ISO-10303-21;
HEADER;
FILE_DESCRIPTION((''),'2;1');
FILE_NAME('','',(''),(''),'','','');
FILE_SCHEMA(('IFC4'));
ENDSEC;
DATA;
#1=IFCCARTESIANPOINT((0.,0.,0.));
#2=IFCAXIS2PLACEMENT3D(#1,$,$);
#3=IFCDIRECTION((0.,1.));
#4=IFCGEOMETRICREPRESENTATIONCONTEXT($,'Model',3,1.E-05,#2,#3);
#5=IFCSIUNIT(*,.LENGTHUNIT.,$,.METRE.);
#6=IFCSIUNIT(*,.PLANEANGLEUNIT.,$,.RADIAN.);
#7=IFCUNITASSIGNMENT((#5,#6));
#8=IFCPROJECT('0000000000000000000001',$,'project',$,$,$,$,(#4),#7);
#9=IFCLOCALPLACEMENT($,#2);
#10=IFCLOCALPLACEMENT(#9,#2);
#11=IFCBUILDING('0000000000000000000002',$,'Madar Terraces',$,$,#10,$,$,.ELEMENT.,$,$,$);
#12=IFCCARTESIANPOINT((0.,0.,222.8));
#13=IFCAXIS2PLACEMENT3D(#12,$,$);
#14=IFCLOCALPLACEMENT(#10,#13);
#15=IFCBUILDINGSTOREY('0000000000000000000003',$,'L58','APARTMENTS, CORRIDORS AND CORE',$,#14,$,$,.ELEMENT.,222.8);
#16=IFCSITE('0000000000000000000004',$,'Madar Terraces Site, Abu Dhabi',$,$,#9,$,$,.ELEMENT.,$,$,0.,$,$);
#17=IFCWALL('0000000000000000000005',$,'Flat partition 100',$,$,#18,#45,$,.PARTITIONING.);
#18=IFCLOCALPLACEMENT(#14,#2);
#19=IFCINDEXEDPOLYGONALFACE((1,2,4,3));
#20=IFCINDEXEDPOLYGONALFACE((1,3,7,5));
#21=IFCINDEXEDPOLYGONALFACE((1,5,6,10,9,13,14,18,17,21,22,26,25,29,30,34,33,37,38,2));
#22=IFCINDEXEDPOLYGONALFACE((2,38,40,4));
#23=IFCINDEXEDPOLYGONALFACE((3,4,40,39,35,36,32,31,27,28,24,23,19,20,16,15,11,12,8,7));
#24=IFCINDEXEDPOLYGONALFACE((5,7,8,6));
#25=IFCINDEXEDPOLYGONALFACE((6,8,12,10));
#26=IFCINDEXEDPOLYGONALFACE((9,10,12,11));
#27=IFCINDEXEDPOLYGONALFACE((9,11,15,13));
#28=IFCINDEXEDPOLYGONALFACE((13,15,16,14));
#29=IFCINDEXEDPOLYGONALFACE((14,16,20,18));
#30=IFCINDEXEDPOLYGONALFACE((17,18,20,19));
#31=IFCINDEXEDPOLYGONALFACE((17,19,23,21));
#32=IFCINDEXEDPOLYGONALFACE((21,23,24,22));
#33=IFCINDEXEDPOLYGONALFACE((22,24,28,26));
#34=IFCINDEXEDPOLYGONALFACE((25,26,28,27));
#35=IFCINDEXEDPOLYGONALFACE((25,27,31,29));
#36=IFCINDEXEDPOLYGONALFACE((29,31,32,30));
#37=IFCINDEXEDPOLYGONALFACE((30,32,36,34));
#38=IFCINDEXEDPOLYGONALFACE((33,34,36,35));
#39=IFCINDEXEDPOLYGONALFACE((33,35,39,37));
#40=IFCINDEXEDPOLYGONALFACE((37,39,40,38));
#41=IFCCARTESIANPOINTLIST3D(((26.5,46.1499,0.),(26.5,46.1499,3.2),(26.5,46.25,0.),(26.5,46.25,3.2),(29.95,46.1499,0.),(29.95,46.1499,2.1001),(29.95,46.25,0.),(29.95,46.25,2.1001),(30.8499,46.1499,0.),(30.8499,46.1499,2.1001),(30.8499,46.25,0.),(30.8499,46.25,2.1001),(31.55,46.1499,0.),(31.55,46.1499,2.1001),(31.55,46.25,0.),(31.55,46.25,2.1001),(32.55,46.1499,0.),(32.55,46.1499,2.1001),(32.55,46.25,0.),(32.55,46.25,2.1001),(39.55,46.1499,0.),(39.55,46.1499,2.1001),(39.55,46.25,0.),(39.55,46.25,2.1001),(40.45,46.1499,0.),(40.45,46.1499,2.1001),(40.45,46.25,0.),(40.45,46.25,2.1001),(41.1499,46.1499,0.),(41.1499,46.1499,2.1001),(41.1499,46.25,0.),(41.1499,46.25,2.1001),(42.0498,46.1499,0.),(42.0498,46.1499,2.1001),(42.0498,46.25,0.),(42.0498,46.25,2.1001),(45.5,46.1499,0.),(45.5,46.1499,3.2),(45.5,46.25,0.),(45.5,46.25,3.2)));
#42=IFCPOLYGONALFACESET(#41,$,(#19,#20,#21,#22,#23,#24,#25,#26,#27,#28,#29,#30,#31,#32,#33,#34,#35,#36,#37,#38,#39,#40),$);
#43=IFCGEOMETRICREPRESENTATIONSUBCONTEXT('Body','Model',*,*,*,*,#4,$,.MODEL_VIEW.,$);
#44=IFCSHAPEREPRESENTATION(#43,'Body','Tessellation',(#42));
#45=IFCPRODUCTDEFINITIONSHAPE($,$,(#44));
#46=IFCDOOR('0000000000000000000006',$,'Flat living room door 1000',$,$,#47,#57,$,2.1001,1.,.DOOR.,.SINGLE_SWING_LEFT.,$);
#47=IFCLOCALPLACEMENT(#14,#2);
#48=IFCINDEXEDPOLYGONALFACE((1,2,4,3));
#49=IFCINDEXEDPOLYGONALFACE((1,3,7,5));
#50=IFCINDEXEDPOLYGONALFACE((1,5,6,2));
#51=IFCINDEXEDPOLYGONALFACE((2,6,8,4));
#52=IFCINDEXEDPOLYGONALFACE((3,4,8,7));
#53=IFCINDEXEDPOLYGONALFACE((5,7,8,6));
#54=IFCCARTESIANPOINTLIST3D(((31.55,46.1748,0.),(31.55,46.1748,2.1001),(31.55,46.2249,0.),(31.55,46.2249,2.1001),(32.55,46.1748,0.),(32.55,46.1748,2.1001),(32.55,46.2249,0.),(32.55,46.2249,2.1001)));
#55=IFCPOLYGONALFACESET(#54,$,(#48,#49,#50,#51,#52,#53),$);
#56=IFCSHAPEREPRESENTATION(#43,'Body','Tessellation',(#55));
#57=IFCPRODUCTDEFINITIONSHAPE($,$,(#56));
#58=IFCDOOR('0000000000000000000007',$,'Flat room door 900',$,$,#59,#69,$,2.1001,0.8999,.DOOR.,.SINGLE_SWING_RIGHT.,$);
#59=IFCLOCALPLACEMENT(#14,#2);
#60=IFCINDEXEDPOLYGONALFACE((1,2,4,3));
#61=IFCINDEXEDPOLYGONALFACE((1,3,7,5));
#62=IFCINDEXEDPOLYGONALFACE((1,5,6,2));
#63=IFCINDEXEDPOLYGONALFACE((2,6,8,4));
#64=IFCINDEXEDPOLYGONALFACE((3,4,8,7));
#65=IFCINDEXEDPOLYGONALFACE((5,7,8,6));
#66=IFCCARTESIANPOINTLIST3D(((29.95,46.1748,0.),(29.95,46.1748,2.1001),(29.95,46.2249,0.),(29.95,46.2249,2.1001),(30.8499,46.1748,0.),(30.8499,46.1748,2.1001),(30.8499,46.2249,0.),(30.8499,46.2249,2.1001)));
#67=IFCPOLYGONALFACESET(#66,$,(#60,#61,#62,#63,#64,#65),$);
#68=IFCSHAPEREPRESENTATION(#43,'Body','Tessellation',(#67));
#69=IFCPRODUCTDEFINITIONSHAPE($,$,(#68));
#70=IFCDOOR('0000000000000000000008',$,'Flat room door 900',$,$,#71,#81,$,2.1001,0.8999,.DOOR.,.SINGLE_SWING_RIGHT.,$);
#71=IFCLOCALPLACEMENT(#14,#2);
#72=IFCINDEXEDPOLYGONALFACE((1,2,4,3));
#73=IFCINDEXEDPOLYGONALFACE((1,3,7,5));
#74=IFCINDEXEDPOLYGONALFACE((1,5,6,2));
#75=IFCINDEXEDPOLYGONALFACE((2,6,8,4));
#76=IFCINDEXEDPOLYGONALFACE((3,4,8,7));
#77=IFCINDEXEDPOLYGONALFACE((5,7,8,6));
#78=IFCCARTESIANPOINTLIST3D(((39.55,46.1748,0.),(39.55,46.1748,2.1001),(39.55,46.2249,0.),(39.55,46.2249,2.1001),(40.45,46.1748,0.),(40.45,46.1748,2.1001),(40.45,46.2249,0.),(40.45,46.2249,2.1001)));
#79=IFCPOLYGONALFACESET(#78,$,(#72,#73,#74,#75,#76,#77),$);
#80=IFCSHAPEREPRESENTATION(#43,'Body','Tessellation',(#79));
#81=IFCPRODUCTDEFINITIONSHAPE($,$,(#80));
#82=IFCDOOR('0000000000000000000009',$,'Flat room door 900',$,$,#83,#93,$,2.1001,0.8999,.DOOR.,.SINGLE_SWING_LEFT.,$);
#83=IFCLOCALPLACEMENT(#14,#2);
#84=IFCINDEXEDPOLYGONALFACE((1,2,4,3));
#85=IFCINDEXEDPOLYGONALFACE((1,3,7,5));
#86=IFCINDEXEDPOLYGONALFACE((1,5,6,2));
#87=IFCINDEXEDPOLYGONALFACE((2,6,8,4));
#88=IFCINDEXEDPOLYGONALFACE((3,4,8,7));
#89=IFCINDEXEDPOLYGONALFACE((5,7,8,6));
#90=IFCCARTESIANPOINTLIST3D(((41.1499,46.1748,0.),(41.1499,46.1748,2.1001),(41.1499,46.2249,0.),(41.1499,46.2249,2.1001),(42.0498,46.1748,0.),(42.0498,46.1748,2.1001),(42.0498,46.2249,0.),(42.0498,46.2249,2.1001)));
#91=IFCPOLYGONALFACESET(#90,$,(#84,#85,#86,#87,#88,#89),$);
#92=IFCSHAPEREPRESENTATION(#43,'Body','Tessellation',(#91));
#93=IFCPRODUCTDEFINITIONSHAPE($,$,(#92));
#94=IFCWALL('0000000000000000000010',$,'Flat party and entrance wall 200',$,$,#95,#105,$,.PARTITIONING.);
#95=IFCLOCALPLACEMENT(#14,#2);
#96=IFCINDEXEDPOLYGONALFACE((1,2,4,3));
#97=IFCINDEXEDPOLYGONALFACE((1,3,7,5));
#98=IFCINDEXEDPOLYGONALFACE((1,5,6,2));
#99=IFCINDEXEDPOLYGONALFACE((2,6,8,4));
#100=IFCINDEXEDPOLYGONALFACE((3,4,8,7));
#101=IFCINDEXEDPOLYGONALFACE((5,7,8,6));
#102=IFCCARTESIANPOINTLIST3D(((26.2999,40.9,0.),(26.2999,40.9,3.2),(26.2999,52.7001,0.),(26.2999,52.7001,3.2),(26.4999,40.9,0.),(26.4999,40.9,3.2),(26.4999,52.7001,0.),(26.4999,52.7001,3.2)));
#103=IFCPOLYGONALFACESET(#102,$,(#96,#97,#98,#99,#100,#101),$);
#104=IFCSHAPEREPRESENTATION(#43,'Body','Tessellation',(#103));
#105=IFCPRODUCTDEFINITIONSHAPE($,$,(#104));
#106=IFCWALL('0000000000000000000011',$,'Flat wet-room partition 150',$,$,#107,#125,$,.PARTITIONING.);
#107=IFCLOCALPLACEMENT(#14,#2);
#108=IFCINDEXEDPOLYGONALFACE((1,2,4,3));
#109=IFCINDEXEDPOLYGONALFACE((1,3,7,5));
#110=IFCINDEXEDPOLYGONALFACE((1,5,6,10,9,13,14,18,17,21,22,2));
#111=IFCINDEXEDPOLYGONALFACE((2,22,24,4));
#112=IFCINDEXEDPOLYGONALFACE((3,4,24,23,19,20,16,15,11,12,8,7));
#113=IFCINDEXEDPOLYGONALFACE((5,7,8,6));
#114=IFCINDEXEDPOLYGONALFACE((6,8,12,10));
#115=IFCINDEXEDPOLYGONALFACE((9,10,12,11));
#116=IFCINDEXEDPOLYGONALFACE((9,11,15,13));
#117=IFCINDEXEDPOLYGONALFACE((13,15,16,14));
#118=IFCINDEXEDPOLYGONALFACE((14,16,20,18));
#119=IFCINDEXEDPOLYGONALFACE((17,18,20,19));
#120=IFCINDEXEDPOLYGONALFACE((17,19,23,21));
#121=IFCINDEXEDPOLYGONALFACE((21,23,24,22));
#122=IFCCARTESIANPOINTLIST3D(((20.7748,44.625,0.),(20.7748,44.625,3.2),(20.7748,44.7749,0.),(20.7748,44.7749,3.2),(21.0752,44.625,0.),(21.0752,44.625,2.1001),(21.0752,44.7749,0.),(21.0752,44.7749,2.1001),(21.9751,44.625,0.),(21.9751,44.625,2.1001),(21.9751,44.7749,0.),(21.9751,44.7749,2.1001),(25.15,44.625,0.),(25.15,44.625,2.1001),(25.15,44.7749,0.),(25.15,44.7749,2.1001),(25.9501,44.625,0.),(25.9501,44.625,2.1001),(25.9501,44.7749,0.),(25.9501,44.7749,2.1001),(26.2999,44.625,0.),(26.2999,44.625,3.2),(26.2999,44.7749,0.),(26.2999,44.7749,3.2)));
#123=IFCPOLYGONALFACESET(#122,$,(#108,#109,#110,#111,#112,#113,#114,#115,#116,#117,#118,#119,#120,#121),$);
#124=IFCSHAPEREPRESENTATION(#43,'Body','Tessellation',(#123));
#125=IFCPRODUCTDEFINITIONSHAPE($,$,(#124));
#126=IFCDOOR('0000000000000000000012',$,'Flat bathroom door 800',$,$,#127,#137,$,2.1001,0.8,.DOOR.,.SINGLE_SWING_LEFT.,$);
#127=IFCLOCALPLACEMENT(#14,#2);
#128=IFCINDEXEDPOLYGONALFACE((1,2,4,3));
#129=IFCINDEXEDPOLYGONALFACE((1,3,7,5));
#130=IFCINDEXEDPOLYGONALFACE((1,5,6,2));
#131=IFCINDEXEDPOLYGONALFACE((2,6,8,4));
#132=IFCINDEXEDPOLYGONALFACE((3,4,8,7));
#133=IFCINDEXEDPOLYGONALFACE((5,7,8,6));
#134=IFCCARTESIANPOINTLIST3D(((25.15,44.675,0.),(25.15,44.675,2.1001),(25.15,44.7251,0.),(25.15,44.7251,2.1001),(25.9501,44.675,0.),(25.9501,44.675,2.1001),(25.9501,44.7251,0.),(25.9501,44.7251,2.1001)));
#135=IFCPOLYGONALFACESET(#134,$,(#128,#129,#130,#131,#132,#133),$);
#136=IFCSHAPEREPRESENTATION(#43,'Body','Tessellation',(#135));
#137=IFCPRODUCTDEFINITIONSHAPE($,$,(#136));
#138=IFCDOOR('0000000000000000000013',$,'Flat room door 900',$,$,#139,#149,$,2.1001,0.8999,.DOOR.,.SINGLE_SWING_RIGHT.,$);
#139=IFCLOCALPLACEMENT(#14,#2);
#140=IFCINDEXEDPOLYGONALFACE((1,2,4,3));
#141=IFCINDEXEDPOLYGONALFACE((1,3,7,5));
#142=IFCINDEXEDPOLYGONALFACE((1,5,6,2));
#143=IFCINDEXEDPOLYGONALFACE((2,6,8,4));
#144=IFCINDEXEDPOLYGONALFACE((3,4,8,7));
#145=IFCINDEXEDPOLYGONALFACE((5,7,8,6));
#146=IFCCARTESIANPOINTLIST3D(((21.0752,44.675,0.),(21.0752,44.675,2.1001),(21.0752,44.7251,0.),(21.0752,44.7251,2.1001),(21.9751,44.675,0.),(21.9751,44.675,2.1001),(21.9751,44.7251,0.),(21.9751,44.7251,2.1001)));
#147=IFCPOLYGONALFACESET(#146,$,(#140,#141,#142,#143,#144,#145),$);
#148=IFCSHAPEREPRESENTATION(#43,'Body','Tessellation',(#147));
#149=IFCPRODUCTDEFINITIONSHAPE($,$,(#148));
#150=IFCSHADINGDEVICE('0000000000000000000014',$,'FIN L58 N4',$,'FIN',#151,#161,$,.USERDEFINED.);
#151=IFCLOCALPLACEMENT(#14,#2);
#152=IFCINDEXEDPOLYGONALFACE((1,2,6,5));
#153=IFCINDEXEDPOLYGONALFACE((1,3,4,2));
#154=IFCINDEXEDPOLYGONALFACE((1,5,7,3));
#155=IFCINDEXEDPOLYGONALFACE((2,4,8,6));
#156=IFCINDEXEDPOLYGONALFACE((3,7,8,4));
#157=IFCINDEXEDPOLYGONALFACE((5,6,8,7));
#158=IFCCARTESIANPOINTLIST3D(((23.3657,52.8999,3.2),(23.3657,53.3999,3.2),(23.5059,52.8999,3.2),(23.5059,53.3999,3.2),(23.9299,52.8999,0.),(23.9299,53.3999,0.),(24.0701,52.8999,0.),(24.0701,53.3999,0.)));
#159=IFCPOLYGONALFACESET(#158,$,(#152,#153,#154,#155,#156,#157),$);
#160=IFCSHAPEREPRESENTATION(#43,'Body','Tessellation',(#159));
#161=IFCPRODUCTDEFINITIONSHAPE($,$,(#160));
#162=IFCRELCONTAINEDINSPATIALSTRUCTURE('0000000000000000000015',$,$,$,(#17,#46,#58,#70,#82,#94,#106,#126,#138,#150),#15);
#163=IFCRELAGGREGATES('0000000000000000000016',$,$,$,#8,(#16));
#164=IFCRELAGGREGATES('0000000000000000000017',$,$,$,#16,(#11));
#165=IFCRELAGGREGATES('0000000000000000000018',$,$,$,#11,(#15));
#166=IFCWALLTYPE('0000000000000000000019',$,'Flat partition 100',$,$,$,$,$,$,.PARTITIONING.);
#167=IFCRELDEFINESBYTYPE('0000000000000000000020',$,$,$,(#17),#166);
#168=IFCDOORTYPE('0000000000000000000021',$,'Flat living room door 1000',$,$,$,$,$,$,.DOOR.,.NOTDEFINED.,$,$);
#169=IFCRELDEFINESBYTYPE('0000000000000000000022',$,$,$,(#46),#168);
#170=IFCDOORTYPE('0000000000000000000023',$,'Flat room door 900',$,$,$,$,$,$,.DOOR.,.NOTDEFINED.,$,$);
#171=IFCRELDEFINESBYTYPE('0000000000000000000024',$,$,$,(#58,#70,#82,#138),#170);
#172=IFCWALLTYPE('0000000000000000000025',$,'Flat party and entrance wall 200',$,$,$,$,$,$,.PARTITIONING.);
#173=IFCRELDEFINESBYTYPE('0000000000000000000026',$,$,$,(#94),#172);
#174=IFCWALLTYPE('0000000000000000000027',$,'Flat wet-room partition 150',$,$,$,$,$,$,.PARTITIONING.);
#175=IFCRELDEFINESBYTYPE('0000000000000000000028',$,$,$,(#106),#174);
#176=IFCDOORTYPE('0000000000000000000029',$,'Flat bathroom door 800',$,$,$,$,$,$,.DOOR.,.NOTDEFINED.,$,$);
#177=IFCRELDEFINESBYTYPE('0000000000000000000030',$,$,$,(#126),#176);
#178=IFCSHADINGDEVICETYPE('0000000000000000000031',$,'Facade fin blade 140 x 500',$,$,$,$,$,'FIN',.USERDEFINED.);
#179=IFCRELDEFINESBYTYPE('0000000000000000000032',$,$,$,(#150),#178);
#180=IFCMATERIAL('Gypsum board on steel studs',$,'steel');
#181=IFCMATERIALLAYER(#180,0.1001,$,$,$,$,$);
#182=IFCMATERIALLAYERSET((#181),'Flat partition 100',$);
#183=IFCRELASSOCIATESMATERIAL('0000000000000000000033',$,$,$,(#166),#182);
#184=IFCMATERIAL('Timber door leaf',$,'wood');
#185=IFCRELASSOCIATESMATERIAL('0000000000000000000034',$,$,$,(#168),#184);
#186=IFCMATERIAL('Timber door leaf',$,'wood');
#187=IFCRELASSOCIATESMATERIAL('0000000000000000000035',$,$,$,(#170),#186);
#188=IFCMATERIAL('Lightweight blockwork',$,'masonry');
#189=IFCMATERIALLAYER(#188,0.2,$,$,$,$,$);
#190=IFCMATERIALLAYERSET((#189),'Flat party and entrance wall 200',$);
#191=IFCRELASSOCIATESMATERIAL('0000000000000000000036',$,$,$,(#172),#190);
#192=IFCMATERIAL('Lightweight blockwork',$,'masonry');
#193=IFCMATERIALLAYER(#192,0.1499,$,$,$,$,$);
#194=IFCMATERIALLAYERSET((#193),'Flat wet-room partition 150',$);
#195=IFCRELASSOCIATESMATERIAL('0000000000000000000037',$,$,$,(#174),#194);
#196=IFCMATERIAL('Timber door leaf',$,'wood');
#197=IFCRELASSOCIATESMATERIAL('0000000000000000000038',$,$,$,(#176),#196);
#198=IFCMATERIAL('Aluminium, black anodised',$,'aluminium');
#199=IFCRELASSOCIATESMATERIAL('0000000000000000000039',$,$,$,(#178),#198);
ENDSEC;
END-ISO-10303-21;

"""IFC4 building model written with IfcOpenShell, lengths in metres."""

from ifc_helpers import new_model, si_unit, direction, frame, frame_2d, origin, place, context, subcontext, project, spatial, polyline, rectangle, outline, extrude, material, layer, layer_set, type_object, element, fill, save


model = new_model("IFC4")

# Units and contexts
model_context = context("Model", 3, precision=1e-05, world=origin(), true_north=direction((0.0, 1.0)))
body_context = subcontext(model_context, "Body", "Model", "MODEL_VIEW")
ifc_project = project(units=[si_unit("LENGTHUNIT", "METRE"), si_unit("PLANEANGLEUNIT", "RADIAN")], contexts=[model_context])

# Site, building, storey
site_placement = place(None, origin())
site = spatial("IfcSite", under=ifc_project, at=site_placement, Name="Madar Terraces Site, Abu Dhabi", CompositionType="ELEMENT", RefElevation=0.0)
building_placement = place(site_placement, origin())
building = spatial("IfcBuilding", under=site, at=building_placement, Name="Madar Terraces", CompositionType="ELEMENT")
storey_placement = place(building_placement, frame((0.0, 0.0, 222.8)))
storey = spatial("IfcBuildingStorey", under=building, at=storey_placement, Name="L58", Description="APARTMENTS, CORRIDORS AND CORE", CompositionType="ELEMENT", Elevation=222.8)

# Shared definitions
ifc_material_1 = material(Name="Gypsum board on steel studs", Category="steel")
ifc_layer_1 = layer(ifc_material_1, 0.1001)
ifc_layer_set_1 = layer_set([ifc_layer_1], Name="Flat partition 100")
wall_type_1 = type_object("IfcWallType", Name="Flat partition 100", PredefinedType="PARTITIONING", material=ifc_layer_set_1)

# Wall, openings, doors
wall_1_placement = place(storey_placement, frame((26.5, 46.2, 0.0), z_axis=(0.0, 0.0, 1.0), x_axis=(1.0, 0.0, 0.0)))
wall_1 = element("IfcWall", 1, at=wall_1_placement, inside=storey, type_object=wall_type_1, Name="Flat partition 100", PredefinedType="PARTITIONING", context=body_context, shape_type="SweptSolid", body=[
    extrude(rectangle(XDim=19.0, YDim=0.1001, at=frame_2d((9.5, 0.0))), origin(), (0.0, 0.0, 1.0), 3.2),
])
opening_1_placement = place(wall_1_placement, frame((3.45, 0.0, 0.0)))
opening_1 = element("IfcOpeningElement", 2, at=opening_1_placement, cuts=wall_1, PredefinedType="OPENING", context=body_context, shape_type="SweptSolid", body=[
    extrude(rectangle(XDim=0.8999, YDim=2.1001, at=frame_2d((0.45, 1.05))), frame((0.0, 0.0601, 0.0), z_axis=(0.0, -1.0, 0.0), x_axis=(1.0, 0.0, 0.0)), (0.0, 0.0, 1.0), 0.1201),
])
opening_2_placement = place(wall_1_placement, frame((5.05, 0.0, 0.0)))
opening_2 = element("IfcOpeningElement", 3, at=opening_2_placement, cuts=wall_1, PredefinedType="OPENING", context=body_context, shape_type="SweptSolid", body=[
    extrude(rectangle(XDim=1.0, YDim=2.1001, at=frame_2d((0.5, 1.05))), frame((0.0, 0.0601, 0.0), z_axis=(0.0, -1.0, 0.0), x_axis=(1.0, 0.0, 0.0)), (0.0, 0.0, 1.0), 0.1201),
])
opening_3_placement = place(wall_1_placement, frame((13.05, 0.0, 0.0)))
opening_3 = element("IfcOpeningElement", 4, at=opening_3_placement, cuts=wall_1, PredefinedType="OPENING", context=body_context, shape_type="SweptSolid", body=[
    extrude(rectangle(XDim=0.8999, YDim=2.1001, at=frame_2d((0.45, 1.05))), frame((0.0, 0.0601, 0.0), z_axis=(0.0, -1.0, 0.0), x_axis=(1.0, 0.0, 0.0)), (0.0, 0.0, 1.0), 0.1201),
])
opening_4_placement = place(wall_1_placement, frame((14.6499, 0.0, 0.0)))
opening_4 = element("IfcOpeningElement", 5, at=opening_4_placement, cuts=wall_1, PredefinedType="OPENING", context=body_context, shape_type="SweptSolid", body=[
    extrude(rectangle(XDim=0.8999, YDim=2.1001, at=frame_2d((0.45, 1.05))), frame((0.0, 0.0601, 0.0), z_axis=(0.0, -1.0, 0.0), x_axis=(1.0, 0.0, 0.0)), (0.0, 0.0, 1.0), 0.1201),
])
ifc_material_2 = material(Name="Timber door leaf", Category="wood")
door_type_1 = type_object("IfcDoorType", Name="Flat living room door 1000", OperationType="NOTDEFINED", PredefinedType="DOOR", material=ifc_material_2)
door_1_placement = place(opening_2_placement, origin())
door_1 = element("IfcDoor", 6, at=door_1_placement, inside=storey, type_object=door_type_1, Name="Flat living room door 1000", OperationType="SINGLE_SWING_LEFT", OverallHeight=2.1001, OverallWidth=1.0, PredefinedType="DOOR", context=body_context, shape_type="SweptSolid", body=[
    extrude(rectangle(XDim=1.0, YDim=2.1001, at=frame_2d((0.5, 1.05))), frame((0.0, 0.0249, 0.0), z_axis=(0.0, -1.0, 0.0), x_axis=(1.0, 0.0, 0.0)), (0.0, 0.0, 1.0), 0.05),
])
fill(opening_2, door_1)
ifc_material_3 = material(Name="Timber door leaf", Category="wood")
door_type_2 = type_object("IfcDoorType", Name="Flat room door 900", OperationType="NOTDEFINED", PredefinedType="DOOR", material=ifc_material_3)
door_2_placement = place(opening_1_placement, origin())
door_2 = element("IfcDoor", 7, at=door_2_placement, inside=storey, type_object=door_type_2, Name="Flat room door 900", OperationType="SINGLE_SWING_RIGHT", OverallHeight=2.1001, OverallWidth=0.8999, PredefinedType="DOOR", context=body_context, shape_type="SweptSolid", body=[
    extrude(rectangle(XDim=0.8999, YDim=2.1001, at=frame_2d((0.45, 1.05))), frame((0.0, 0.0249, 0.0), z_axis=(0.0, -1.0, 0.0), x_axis=(1.0, 0.0, 0.0)), (0.0, 0.0, 1.0), 0.05),
])
fill(opening_1, door_2)
door_3_placement = place(opening_3_placement, origin())
door_3 = element("IfcDoor", 8, at=door_3_placement, inside=storey, type_object=door_type_2, Name="Flat room door 900", OperationType="SINGLE_SWING_RIGHT", OverallHeight=2.1001, OverallWidth=0.8999, PredefinedType="DOOR", context=body_context, shape_type="SweptSolid", body=[
    extrude(rectangle(XDim=0.8999, YDim=2.1001, at=frame_2d((0.45, 1.05))), frame((0.0, 0.0249, 0.0), z_axis=(0.0, -1.0, 0.0), x_axis=(1.0, 0.0, 0.0)), (0.0, 0.0, 1.0), 0.05),
])
fill(opening_3, door_3)
door_4_placement = place(opening_4_placement, origin())
door_4 = element("IfcDoor", 9, at=door_4_placement, inside=storey, type_object=door_type_2, Name="Flat room door 900", OperationType="SINGLE_SWING_LEFT", OverallHeight=2.1001, OverallWidth=0.8999, PredefinedType="DOOR", context=body_context, shape_type="SweptSolid", body=[
    extrude(rectangle(XDim=0.8999, YDim=2.1001, at=frame_2d((0.45, 1.05))), frame((0.0, 0.0249, 0.0), z_axis=(0.0, -1.0, 0.0), x_axis=(1.0, 0.0, 0.0)), (0.0, 0.0, 1.0), 0.05),
])
fill(opening_4, door_4)

# Wall
ifc_material_4 = material(Name="Lightweight blockwork", Category="masonry")
ifc_layer_2 = layer(ifc_material_4, 0.2)
ifc_layer_set_2 = layer_set([ifc_layer_2], Name="Flat party and entrance wall 200")
wall_type_2 = type_object("IfcWallType", Name="Flat party and entrance wall 200", PredefinedType="PARTITIONING", material=ifc_layer_set_2)
wall_2_placement = place(storey_placement, frame((26.3999, 52.7, 0.0), z_axis=(0.0, 0.0, 1.0), x_axis=(0.0, -1.0, 0.0)))
element("IfcWall", 10, at=wall_2_placement, inside=storey, type_object=wall_type_2, Name="Flat party and entrance wall 200", PredefinedType="PARTITIONING", context=body_context, shape_type="SweptSolid", body=[
    extrude(rectangle(XDim=11.8, YDim=0.2, at=frame_2d((5.8999, 0.0))), origin(), (0.0, 0.0, 1.0), 3.2),
])

# Wall, openings, doors
ifc_material_5 = material(Name="Lightweight blockwork", Category="masonry")
ifc_layer_3 = layer(ifc_material_5, 0.1499)
ifc_layer_set_3 = layer_set([ifc_layer_3], Name="Flat wet-room partition 150")
wall_type_3 = type_object("IfcWallType", Name="Flat wet-room partition 150", PredefinedType="PARTITIONING", material=ifc_layer_set_3)
wall_3_placement = place(storey_placement, frame((26.3, 44.7, 0.0), z_axis=(0.0, 0.0, 1.0), x_axis=(-1.0, 0.0, 0.0)))
wall_3 = element("IfcWall", 11, at=wall_3_placement, inside=storey, type_object=wall_type_3, Name="Flat wet-room partition 150", PredefinedType="PARTITIONING", context=body_context, shape_type="SweptSolid", body=[
    extrude(rectangle(XDim=5.5251, YDim=0.1499, at=frame_2d((2.7627, 0.0))), origin(), (0.0, 0.0, 1.0), 3.2),
])
opening_5_placement = place(wall_3_placement, frame((4.325, 0.0, 0.0)))
opening_5 = element("IfcOpeningElement", 12, at=opening_5_placement, cuts=wall_3, PredefinedType="OPENING", context=body_context, shape_type="SweptSolid", body=[
    extrude(rectangle(XDim=0.8999, YDim=2.1001, at=frame_2d((0.45, 1.05))), frame((0.0, 0.085, 0.0), z_axis=(0.0, -1.0, 0.0), x_axis=(1.0, 0.0, 0.0)), (0.0, 0.0, 1.0), 0.1699),
])
opening_6_placement = place(wall_3_placement, frame((0.3501, 0.0, 0.0)))
opening_6 = element("IfcOpeningElement", 13, at=opening_6_placement, cuts=wall_3, PredefinedType="OPENING", context=body_context, shape_type="SweptSolid", body=[
    extrude(rectangle(XDim=0.8, YDim=2.1001, at=frame_2d((0.3999, 1.05))), frame((0.0, 0.085, 0.0), z_axis=(0.0, -1.0, 0.0), x_axis=(1.0, 0.0, 0.0)), (0.0, 0.0, 1.0), 0.1699),
])
ifc_material_6 = material(Name="Timber door leaf", Category="wood")
door_type_3 = type_object("IfcDoorType", Name="Flat bathroom door 800", OperationType="NOTDEFINED", PredefinedType="DOOR", material=ifc_material_6)
door_5_placement = place(opening_6_placement, origin())
door_5 = element("IfcDoor", 14, at=door_5_placement, inside=storey, type_object=door_type_3, Name="Flat bathroom door 800", OperationType="SINGLE_SWING_LEFT", OverallHeight=2.1001, OverallWidth=0.8, PredefinedType="DOOR", context=body_context, shape_type="SweptSolid", body=[
    extrude(rectangle(XDim=0.8, YDim=2.1001, at=frame_2d((0.3999, 1.05))), frame((0.0, 0.0249, 0.0), z_axis=(0.0, -1.0, 0.0), x_axis=(1.0, 0.0, 0.0)), (0.0, 0.0, 1.0), 0.05),
])
fill(opening_6, door_5)
door_6_placement = place(opening_5_placement, origin())
door_6 = element("IfcDoor", 15, at=door_6_placement, inside=storey, type_object=door_type_2, Name="Flat room door 900", OperationType="SINGLE_SWING_RIGHT", OverallHeight=2.1001, OverallWidth=0.8999, PredefinedType="DOOR", context=body_context, shape_type="SweptSolid", body=[
    extrude(rectangle(XDim=0.8999, YDim=2.1001, at=frame_2d((0.45, 1.05))), frame((0.0, 0.0249, 0.0), z_axis=(0.0, -1.0, 0.0), x_axis=(1.0, 0.0, 0.0)), (0.0, 0.0, 1.0), 0.05),
])
fill(opening_5, door_6)

# Shading device
ifc_material_7 = material(Name="Aluminium, black anodised", Category="aluminium")
shading_device_type = type_object("IfcShadingDeviceType", Name="Facade fin blade 140 x 500", ElementType="FIN", PredefinedType="USERDEFINED", material=ifc_material_7)
shading_device_placement = place(storey_placement, frame((24.0701, 53.1499, 0.0), z_axis=(0.0, 0.0, 1.0), x_axis=(-1.0, 0.0, 0.0)))
element("IfcShadingDevice", 16, at=shading_device_placement, inside=storey, type_object=shading_device_type, Name="FIN L58 N4", ObjectType="FIN", PredefinedType="USERDEFINED", context=body_context, shape_type="SweptSolid", body=[
    extrude(outline(polyline([(0.0, 0.0), (0.1401, 0.0), (0.7043, 3.2), (0.5642, 3.2), (0.0, 0.0)])), frame((0.0, 0.25, 0.0), z_axis=(0.0, -1.0, 0.0), x_axis=(1.0, 0.0, 0.0)), (0.0, 0.0, 1.0), 0.5),
])

save(model, "model.ifc")
